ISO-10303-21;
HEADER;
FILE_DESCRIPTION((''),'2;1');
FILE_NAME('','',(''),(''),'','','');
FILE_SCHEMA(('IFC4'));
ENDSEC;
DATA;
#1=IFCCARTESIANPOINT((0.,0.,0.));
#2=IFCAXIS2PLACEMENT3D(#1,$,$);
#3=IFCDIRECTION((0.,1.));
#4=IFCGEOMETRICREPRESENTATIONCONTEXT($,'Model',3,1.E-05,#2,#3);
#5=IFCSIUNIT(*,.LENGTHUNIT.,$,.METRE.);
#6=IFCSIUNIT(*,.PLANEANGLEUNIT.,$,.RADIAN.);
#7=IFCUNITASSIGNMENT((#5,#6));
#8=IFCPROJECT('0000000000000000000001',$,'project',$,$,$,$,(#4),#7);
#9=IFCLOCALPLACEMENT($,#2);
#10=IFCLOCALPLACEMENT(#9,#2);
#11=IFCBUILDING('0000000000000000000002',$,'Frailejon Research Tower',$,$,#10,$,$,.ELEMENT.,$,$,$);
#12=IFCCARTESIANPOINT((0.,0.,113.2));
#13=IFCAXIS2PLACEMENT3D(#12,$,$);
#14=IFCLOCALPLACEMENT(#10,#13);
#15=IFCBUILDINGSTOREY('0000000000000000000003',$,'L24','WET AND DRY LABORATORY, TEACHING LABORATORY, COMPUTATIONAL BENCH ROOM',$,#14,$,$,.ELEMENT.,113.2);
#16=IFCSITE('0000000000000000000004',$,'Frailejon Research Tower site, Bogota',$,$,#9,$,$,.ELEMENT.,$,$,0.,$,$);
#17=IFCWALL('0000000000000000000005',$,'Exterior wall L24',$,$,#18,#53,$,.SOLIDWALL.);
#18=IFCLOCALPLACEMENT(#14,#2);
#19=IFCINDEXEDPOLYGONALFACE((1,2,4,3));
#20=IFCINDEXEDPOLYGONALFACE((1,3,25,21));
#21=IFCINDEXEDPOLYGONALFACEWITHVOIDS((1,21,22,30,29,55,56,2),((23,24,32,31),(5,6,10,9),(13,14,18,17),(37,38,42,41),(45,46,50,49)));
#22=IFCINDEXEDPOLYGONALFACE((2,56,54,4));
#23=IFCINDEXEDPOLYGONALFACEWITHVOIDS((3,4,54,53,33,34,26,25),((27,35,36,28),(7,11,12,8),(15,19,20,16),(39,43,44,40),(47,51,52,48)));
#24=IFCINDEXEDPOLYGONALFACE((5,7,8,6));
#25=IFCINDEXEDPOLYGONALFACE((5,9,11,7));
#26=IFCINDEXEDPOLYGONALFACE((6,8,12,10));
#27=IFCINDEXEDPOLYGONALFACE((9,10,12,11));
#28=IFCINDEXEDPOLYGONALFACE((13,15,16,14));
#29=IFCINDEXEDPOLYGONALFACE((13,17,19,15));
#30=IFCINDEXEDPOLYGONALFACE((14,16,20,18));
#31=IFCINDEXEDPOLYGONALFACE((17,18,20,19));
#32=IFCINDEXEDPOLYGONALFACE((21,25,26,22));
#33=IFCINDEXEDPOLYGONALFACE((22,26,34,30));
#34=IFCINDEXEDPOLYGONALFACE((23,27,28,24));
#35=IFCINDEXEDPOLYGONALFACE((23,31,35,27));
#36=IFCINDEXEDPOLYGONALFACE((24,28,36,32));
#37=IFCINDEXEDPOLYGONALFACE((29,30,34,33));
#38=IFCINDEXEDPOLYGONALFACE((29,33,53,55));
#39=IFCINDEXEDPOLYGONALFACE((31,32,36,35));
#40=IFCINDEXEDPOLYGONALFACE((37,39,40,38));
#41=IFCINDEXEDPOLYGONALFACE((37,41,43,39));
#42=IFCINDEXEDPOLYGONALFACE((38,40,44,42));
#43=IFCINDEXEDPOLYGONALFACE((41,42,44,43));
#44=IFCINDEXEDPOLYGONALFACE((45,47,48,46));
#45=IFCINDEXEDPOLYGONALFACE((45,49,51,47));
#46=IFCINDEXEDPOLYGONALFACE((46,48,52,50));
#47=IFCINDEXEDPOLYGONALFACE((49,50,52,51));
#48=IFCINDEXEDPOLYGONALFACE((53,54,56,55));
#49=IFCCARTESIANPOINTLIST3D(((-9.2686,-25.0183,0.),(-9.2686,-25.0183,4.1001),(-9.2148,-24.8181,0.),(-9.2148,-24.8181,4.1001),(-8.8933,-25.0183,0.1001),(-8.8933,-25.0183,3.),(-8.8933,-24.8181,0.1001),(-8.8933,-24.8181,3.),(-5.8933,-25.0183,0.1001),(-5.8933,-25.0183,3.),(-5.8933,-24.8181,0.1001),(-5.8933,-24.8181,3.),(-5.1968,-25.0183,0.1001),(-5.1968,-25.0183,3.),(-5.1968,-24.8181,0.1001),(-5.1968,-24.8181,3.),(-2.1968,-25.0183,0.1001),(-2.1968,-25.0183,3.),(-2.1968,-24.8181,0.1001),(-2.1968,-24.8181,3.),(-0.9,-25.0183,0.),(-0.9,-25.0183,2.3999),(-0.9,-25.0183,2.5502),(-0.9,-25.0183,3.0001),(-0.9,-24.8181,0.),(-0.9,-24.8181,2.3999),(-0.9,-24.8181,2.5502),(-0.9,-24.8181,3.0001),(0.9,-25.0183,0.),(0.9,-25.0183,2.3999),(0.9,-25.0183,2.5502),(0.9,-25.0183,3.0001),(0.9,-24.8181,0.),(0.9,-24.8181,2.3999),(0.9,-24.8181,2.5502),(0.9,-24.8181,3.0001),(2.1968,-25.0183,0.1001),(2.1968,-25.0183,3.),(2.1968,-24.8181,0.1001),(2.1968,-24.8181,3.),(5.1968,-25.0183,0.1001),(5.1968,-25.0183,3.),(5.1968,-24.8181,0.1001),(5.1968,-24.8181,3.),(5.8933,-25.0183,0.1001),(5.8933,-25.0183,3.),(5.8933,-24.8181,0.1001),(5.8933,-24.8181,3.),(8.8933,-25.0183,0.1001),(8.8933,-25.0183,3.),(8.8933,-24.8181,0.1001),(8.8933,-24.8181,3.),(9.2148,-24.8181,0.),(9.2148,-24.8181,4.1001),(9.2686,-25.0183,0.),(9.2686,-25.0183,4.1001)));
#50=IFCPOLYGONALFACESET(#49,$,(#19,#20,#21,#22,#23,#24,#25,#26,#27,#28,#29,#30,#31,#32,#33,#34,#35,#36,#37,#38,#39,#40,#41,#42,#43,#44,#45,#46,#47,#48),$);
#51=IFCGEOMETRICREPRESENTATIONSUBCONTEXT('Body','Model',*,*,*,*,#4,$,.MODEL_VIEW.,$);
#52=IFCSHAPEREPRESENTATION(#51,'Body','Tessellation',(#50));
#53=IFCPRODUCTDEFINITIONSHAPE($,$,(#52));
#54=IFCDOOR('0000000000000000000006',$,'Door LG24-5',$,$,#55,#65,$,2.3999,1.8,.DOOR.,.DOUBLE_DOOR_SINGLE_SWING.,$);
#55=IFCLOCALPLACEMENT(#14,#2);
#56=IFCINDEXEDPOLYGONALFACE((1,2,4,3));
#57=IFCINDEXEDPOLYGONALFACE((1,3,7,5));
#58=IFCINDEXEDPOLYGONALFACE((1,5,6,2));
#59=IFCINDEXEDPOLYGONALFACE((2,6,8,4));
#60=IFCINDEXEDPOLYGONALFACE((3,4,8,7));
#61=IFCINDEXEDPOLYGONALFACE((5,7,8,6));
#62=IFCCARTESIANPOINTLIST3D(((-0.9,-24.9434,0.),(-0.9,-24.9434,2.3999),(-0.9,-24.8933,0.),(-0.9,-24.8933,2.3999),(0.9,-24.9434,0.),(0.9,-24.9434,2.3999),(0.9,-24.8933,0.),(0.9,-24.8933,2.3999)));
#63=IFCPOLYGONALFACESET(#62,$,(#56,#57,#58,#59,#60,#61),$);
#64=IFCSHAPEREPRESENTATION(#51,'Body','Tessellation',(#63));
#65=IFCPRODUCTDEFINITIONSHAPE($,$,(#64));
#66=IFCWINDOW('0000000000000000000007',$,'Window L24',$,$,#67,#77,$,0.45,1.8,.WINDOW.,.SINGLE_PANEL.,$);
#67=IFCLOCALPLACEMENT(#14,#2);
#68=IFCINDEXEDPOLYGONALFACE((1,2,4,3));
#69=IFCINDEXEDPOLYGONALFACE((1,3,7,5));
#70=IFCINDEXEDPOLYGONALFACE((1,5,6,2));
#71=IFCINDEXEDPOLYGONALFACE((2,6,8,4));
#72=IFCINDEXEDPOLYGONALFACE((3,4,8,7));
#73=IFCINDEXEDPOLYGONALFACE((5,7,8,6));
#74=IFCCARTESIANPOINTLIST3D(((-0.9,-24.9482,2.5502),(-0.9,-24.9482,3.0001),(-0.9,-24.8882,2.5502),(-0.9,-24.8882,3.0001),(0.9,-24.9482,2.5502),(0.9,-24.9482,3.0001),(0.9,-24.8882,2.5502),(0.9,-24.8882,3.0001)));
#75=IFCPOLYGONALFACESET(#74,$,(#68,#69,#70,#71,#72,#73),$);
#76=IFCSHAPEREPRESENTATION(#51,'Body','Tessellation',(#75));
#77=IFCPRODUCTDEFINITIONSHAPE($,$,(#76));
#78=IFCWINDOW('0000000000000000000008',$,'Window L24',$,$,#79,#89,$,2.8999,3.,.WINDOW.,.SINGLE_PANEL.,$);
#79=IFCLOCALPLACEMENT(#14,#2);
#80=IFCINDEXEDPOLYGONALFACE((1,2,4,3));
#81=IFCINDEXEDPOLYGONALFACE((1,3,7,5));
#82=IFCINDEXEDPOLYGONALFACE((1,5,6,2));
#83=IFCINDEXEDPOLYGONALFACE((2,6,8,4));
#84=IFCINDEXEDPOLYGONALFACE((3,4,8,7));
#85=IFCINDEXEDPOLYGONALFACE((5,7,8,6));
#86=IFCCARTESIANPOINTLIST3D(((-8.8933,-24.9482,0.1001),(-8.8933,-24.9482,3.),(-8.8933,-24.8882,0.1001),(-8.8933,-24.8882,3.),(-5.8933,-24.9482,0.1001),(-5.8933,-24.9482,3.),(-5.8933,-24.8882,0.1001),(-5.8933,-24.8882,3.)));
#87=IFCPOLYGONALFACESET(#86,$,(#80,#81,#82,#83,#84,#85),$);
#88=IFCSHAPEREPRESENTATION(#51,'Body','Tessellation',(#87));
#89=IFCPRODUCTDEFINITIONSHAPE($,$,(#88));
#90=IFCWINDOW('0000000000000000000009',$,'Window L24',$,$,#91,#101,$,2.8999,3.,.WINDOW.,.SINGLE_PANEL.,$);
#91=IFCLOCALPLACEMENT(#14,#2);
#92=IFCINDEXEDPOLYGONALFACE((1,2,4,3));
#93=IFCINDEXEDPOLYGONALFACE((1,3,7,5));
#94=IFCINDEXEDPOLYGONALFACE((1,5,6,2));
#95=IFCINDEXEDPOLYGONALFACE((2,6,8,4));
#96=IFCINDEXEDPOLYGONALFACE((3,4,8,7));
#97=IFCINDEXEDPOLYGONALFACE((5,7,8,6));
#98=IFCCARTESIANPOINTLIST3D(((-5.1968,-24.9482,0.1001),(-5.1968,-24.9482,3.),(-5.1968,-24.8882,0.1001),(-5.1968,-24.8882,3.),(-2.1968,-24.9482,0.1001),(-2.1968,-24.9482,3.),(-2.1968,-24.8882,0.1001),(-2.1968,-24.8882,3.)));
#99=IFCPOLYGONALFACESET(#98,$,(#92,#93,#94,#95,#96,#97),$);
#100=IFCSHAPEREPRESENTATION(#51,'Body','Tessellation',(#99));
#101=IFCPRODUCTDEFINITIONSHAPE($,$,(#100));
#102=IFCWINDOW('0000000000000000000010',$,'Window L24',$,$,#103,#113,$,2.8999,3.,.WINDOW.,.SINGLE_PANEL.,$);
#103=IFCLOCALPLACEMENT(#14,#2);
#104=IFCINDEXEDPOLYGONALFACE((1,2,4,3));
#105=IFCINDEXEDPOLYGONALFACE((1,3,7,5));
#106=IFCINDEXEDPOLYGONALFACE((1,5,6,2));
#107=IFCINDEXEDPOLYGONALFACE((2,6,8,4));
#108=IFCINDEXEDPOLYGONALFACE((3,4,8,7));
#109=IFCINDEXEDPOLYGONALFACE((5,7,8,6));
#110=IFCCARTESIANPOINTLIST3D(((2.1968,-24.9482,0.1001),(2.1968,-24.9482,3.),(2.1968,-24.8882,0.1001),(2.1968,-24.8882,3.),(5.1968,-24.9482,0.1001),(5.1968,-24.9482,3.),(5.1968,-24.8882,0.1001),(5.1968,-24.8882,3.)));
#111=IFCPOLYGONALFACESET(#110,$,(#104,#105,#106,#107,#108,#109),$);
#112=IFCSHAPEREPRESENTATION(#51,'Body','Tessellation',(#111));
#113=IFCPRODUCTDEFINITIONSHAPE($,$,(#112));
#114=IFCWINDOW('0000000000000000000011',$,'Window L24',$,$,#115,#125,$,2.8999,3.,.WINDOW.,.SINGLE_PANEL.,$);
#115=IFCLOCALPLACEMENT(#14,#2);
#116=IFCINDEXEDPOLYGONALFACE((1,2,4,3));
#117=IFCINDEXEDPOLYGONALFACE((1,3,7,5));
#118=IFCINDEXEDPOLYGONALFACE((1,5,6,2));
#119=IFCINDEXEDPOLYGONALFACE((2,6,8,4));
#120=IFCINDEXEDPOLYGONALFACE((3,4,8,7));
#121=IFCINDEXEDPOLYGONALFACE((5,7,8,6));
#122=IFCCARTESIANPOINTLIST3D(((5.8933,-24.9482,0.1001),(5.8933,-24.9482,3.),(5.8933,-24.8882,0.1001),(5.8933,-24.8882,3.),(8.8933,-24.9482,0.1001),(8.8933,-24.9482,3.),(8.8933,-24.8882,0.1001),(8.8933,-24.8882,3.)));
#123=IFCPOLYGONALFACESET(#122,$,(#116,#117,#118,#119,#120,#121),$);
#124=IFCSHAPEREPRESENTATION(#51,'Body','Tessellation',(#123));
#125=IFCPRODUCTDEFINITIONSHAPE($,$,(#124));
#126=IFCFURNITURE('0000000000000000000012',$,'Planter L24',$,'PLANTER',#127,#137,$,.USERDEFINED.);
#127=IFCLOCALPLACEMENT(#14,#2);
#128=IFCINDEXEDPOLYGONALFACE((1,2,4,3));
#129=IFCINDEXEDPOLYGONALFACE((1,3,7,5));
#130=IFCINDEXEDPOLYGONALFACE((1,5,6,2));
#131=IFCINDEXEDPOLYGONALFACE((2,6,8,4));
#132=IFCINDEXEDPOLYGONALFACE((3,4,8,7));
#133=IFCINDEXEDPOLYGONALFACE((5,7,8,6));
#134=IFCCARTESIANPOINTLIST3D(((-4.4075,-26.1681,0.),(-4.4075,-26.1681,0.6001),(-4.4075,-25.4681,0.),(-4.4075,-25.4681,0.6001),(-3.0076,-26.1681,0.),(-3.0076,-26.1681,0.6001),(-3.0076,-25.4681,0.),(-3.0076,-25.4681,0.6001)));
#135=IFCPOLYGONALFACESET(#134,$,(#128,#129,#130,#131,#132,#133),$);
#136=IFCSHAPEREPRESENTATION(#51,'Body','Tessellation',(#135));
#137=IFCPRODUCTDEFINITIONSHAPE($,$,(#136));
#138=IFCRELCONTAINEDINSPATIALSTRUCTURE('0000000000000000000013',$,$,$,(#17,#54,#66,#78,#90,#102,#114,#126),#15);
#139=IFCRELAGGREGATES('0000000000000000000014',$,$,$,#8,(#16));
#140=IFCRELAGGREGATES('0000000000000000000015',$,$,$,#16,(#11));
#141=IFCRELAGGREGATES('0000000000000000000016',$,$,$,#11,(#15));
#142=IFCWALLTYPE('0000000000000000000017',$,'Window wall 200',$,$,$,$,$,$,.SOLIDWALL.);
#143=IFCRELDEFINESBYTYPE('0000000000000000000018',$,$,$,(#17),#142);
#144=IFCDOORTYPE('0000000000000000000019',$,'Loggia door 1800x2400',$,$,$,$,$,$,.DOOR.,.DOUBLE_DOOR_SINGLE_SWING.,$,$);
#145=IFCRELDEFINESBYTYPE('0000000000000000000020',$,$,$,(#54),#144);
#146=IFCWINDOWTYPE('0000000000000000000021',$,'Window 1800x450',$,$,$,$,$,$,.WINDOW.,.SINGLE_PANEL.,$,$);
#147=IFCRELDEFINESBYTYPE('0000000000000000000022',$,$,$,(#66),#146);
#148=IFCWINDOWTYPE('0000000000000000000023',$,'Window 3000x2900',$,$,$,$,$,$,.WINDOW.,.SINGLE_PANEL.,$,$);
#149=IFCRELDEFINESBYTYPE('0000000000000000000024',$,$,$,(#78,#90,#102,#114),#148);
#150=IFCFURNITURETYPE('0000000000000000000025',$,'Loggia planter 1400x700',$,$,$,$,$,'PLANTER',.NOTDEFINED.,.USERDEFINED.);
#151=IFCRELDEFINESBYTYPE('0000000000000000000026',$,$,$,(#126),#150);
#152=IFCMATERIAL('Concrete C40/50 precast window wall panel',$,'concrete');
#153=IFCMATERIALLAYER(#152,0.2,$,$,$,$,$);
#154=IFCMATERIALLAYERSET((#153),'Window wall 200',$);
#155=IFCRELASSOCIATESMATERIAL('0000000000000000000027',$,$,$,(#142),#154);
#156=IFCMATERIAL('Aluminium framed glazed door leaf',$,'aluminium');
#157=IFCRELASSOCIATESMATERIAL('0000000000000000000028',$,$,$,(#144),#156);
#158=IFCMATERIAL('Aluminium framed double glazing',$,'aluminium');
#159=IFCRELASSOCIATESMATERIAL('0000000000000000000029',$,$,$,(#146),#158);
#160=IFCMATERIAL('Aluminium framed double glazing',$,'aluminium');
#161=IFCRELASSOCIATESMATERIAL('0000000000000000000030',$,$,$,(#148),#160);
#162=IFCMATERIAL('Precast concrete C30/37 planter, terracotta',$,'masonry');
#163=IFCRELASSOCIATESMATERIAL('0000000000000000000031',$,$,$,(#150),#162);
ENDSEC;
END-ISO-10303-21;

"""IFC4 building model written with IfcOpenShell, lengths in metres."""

from ifc_helpers import new_model, si_unit, direction, frame, frame_2d, origin, origin_2d, place, context, subcontext, project, spatial, polyline, rectangle, outline, extrude, material, layer, layer_set, type_object, element, fill, save


model = new_model("IFC4")

# Units and contexts
model_context = context("Model", 3, precision=1e-05, world=origin(), true_north=direction((0.0, 1.0)))
body_context = subcontext(model_context, "Body", "Model", "MODEL_VIEW")
ifc_project = project(units=[si_unit("LENGTHUNIT", "METRE"), si_unit("PLANEANGLEUNIT", "RADIAN")], contexts=[model_context])

# Site, building, storey
site_placement = place(None, origin())
site = spatial("IfcSite", under=ifc_project, at=site_placement, Name="Frailejon Research Tower site, Bogota", CompositionType="ELEMENT", RefElevation=0.0)
building_placement = place(site_placement, origin())
building = spatial("IfcBuilding", under=site, at=building_placement, Name="Frailejon Research Tower", CompositionType="ELEMENT")
storey_placement = place(building_placement, frame((0.0, 0.0, 113.2)))
storey = spatial("IfcBuildingStorey", under=building, at=storey_placement, Name="L24", Description="WET AND DRY LABORATORY, TEACHING LABORATORY, COMPUTATIONAL BENCH ROOM", CompositionType="ELEMENT", Elevation=113.2)

# Wall, openings, door, windows
ifc_material_1 = material(Name="Concrete C40/50 precast window wall panel", Category="concrete")
ifc_layer_1 = layer(ifc_material_1, 0.2)
ifc_layer_set_1 = layer_set([ifc_layer_1], Name="Window wall 200")
wall_type_1 = type_object("IfcWallType", Name="Window wall 200", PredefinedType="SOLIDWALL", material=ifc_layer_set_1)
wall_1_placement = place(storey_placement, frame((-9.2417, -24.9182, 0.0), z_axis=(0.0, 0.0, 1.0), x_axis=(1.0, 0.0, 0.0)))
wall_1 = element("IfcWall", 1, at=wall_1_placement, inside=storey, type_object=wall_type_1, Name="Exterior wall L24", PredefinedType="SOLIDWALL", context=body_context, shape_type="SweptSolid", body=[
    extrude(outline(polyline([(-0.0269, -0.1001), (1.0029, -0.1001), (2.0327, -0.1001), (3.0627, -0.1001), (4.0925, -0.1001), (5.1223, -0.1001), (6.1521, -0.1001), (7.1821, -0.1001), (8.2119, -0.1001), (9.2417, -0.1001), (10.2715, -0.1001), (11.3013, -0.1001), (12.3313, -0.1001), (13.3611, -0.1001), (14.3909, -0.1001), (15.4207, -0.1001), (16.4507, -0.1001), (17.4805, -0.1001), (18.5103, -0.1001), (18.4565, 0.1001), (17.4326, 0.1001), (16.4087, 0.1001), (15.385, 0.1001), (14.3611, 0.1001), (13.3372, 0.1001), (12.3132, 0.1001), (11.2896, 0.1001), (10.2656, 0.1001), (9.2417, 0.1001), (8.2178, 0.1001), (7.1938, 0.1001), (6.1702, 0.1001), (5.1462, 0.1001), (4.1223, 0.1001), (3.0984, 0.1001), (2.0747, 0.1001), (1.0508, 0.1001), (0.0269, 0.1001), (-0.0269, -0.1001)])), origin(), (0.0, 0.0, 1.0), 4.1001),
])
opening_1_placement = place(wall_1_placement, frame((0.3484, 0.0, 0.1001)))
opening_1 = element("IfcOpeningElement", 2, at=opening_1_placement, cuts=wall_1, PredefinedType="OPENING", context=body_context, shape_type="SweptSolid", body=[
    extrude(rectangle(XDim=3.0, YDim=2.8999, at=frame_2d((1.5, 1.45))), frame((0.0, 0.1099, 0.0), z_axis=(0.0, -1.0, 0.0), x_axis=(1.0, 0.0, 0.0)), (0.0, 0.0, 1.0), 0.22),
])
opening_2_placement = place(wall_1_placement, frame((4.0449, 0.0, 0.1001)))
opening_2 = element("IfcOpeningElement", 3, at=opening_2_placement, cuts=wall_1, PredefinedType="OPENING", context=body_context, shape_type="SweptSolid", body=[
    extrude(rectangle(XDim=3.0, YDim=2.8999, at=frame_2d((1.5, 1.45))), frame((0.0, 0.1099, 0.0), z_axis=(0.0, -1.0, 0.0), x_axis=(1.0, 0.0, 0.0)), (0.0, 0.0, 1.0), 0.22),
])
opening_3_placement = place(wall_1_placement, frame((8.3418, 0.0, 0.0)))
opening_3 = element("IfcOpeningElement", 4, at=opening_3_placement, cuts=wall_1, PredefinedType="OPENING", context=body_context, shape_type="SweptSolid", body=[
    extrude(rectangle(XDim=1.8, YDim=2.3999, at=frame_2d((0.8999, 1.2))), frame((0.0, 0.1099, 0.0), z_axis=(0.0, -1.0, 0.0), x_axis=(1.0, 0.0, 0.0)), (0.0, 0.0, 1.0), 0.22),
])
opening_4_placement = place(wall_1_placement, frame((8.3418, 0.0, 2.55)))
opening_4 = element("IfcOpeningElement", 5, at=opening_4_placement, cuts=wall_1, PredefinedType="OPENING", context=body_context, shape_type="SweptSolid", body=[
    extrude(rectangle(XDim=1.8, YDim=0.45, at=frame_2d((0.8999, 0.2251))), frame((0.0, 0.1099, 0.0), z_axis=(0.0, -1.0, 0.0), x_axis=(1.0, 0.0, 0.0)), (0.0, 0.0, 1.0), 0.22),
])
opening_5_placement = place(wall_1_placement, frame((11.4385, 0.0, 0.1001)))
opening_5 = element("IfcOpeningElement", 6, at=opening_5_placement, cuts=wall_1, PredefinedType="OPENING", context=body_context, shape_type="SweptSolid", body=[
    extrude(rectangle(XDim=3.0, YDim=2.8999, at=frame_2d((1.5, 1.45))), frame((0.0, 0.1099, 0.0), z_axis=(0.0, -1.0, 0.0), x_axis=(1.0, 0.0, 0.0)), (0.0, 0.0, 1.0), 0.22),
])
opening_6_placement = place(wall_1_placement, frame((15.135, 0.0, 0.1001)))
opening_6 = element("IfcOpeningElement", 7, at=opening_6_placement, cuts=wall_1, PredefinedType="OPENING", context=body_context, shape_type="SweptSolid", body=[
    extrude(rectangle(XDim=3.0, YDim=2.8999, at=frame_2d((1.5, 1.45))), frame((0.0, 0.1099, 0.0), z_axis=(0.0, -1.0, 0.0), x_axis=(1.0, 0.0, 0.0)), (0.0, 0.0, 1.0), 0.22),
])
ifc_material_2 = material(Name="Aluminium framed glazed door leaf", Category="aluminium")
door_type_1 = type_object("IfcDoorType", Name="Loggia door 1800x2400", OperationType="DOUBLE_DOOR_SINGLE_SWING", PredefinedType="DOOR", material=ifc_material_2)
door_1_placement = place(opening_3_placement, origin())
door_1 = element("IfcDoor", 8, at=door_1_placement, inside=storey, type_object=door_type_1, Name="Door LG24-5", OperationType="DOUBLE_DOOR_SINGLE_SWING", OverallHeight=2.3999, OverallWidth=1.8, PredefinedType="DOOR", context=body_context, shape_type="SweptSolid", body=[
    extrude(rectangle(XDim=1.8, YDim=2.3999, at=frame_2d((0.8999, 1.2))), frame((0.0, 0.0249, 0.0), z_axis=(0.0, -1.0, 0.0), x_axis=(1.0, 0.0, 0.0)), (0.0, 0.0, 1.0), 0.05),
])
fill(opening_3, door_1)
ifc_material_3 = material(Name="Aluminium framed double glazing", Category="aluminium")
window_type_1 = type_object("IfcWindowType", Name="Window 1800x450", PartitioningType="SINGLE_PANEL", PredefinedType="WINDOW", material=ifc_material_3)
window_1_placement = place(opening_4_placement, origin())
window_1 = element("IfcWindow", 9, at=window_1_placement, inside=storey, type_object=window_type_1, Name="Window L24", OverallHeight=0.45, OverallWidth=1.8, PartitioningType="SINGLE_PANEL", PredefinedType="WINDOW", context=body_context, shape_type="SweptSolid", body=[
    extrude(rectangle(XDim=1.8, YDim=0.45, at=frame_2d((0.8999, 0.2251))), frame((0.0, 0.03, 0.0), z_axis=(0.0, -1.0, 0.0), x_axis=(1.0, 0.0, 0.0)), (0.0, 0.0, 1.0), 0.0601),
])
fill(opening_4, window_1)
ifc_material_4 = material(Name="Aluminium framed double glazing", Category="aluminium")
window_type_2 = type_object("IfcWindowType", Name="Window 3000x2900", PartitioningType="SINGLE_PANEL", PredefinedType="WINDOW", material=ifc_material_4)
window_2_placement = place(opening_1_placement, origin())
window_2 = element("IfcWindow", 10, at=window_2_placement, inside=storey, type_object=window_type_2, Name="Window L24", OverallHeight=2.8999, OverallWidth=3.0, PartitioningType="SINGLE_PANEL", PredefinedType="WINDOW", context=body_context, shape_type="SweptSolid", body=[
    extrude(rectangle(XDim=3.0, YDim=2.8999, at=frame_2d((1.5, 1.45))), frame((0.0, 0.03, 0.0), z_axis=(0.0, -1.0, 0.0), x_axis=(1.0, 0.0, 0.0)), (0.0, 0.0, 1.0), 0.0601),
])
fill(opening_1, window_2)
window_3_placement = place(opening_2_placement, origin())
window_3 = element("IfcWindow", 11, at=window_3_placement, inside=storey, type_object=window_type_2, Name="Window L24", OverallHeight=2.8999, OverallWidth=3.0, PartitioningType="SINGLE_PANEL", PredefinedType="WINDOW", context=body_context, shape_type="SweptSolid", body=[
    extrude(rectangle(XDim=3.0, YDim=2.8999, at=frame_2d((1.5, 1.45))), frame((0.0, 0.03, 0.0), z_axis=(0.0, -1.0, 0.0), x_axis=(1.0, 0.0, 0.0)), (0.0, 0.0, 1.0), 0.0601),
])
fill(opening_2, window_3)
window_4_placement = place(opening_5_placement, origin())
window_4 = element("IfcWindow", 12, at=window_4_placement, inside=storey, type_object=window_type_2, Name="Window L24", OverallHeight=2.8999, OverallWidth=3.0, PartitioningType="SINGLE_PANEL", PredefinedType="WINDOW", context=body_context, shape_type="SweptSolid", body=[
    extrude(rectangle(XDim=3.0, YDim=2.8999, at=frame_2d((1.5, 1.45))), frame((0.0, 0.03, 0.0), z_axis=(0.0, -1.0, 0.0), x_axis=(1.0, 0.0, 0.0)), (0.0, 0.0, 1.0), 0.0601),
])
fill(opening_5, window_4)
window_5_placement = place(opening_6_placement, origin())
window_5 = element("IfcWindow", 13, at=window_5_placement, inside=storey, type_object=window_type_2, Name="Window L24", OverallHeight=2.8999, OverallWidth=3.0, PartitioningType="SINGLE_PANEL", PredefinedType="WINDOW", context=body_context, shape_type="SweptSolid", body=[
    extrude(rectangle(XDim=3.0, YDim=2.8999, at=frame_2d((1.5, 1.45))), frame((0.0, 0.03, 0.0), z_axis=(0.0, -1.0, 0.0), x_axis=(1.0, 0.0, 0.0)), (0.0, 0.0, 1.0), 0.0601),
])
fill(opening_6, window_5)

# Furniture
ifc_material_5 = material(Name="Precast concrete C30/37 planter, terracotta", Category="masonry")
furniture_type = type_object("IfcFurnitureType", Name="Loggia planter 1400x700", ElementType="PLANTER", AssemblyPlace="NOTDEFINED", PredefinedType="USERDEFINED", material=ifc_material_5)
furniture_placement = place(storey_placement, frame((-3.7075, -25.8181, 0.0), z_axis=(0.0, 0.0, 1.0), x_axis=(1.0, 0.0, 0.0)))
element("IfcFurniture", 14, at=furniture_placement, inside=storey, type_object=furniture_type, Name="Planter L24", ObjectType="PLANTER", PredefinedType="USERDEFINED", context=body_context, shape_type="SweptSolid", body=[
    extrude(rectangle(XDim=1.3999, YDim=0.7, at=origin_2d()), origin(), (0.0, 0.0, 1.0), 0.6001),
])

save(model, "model.ifc")
